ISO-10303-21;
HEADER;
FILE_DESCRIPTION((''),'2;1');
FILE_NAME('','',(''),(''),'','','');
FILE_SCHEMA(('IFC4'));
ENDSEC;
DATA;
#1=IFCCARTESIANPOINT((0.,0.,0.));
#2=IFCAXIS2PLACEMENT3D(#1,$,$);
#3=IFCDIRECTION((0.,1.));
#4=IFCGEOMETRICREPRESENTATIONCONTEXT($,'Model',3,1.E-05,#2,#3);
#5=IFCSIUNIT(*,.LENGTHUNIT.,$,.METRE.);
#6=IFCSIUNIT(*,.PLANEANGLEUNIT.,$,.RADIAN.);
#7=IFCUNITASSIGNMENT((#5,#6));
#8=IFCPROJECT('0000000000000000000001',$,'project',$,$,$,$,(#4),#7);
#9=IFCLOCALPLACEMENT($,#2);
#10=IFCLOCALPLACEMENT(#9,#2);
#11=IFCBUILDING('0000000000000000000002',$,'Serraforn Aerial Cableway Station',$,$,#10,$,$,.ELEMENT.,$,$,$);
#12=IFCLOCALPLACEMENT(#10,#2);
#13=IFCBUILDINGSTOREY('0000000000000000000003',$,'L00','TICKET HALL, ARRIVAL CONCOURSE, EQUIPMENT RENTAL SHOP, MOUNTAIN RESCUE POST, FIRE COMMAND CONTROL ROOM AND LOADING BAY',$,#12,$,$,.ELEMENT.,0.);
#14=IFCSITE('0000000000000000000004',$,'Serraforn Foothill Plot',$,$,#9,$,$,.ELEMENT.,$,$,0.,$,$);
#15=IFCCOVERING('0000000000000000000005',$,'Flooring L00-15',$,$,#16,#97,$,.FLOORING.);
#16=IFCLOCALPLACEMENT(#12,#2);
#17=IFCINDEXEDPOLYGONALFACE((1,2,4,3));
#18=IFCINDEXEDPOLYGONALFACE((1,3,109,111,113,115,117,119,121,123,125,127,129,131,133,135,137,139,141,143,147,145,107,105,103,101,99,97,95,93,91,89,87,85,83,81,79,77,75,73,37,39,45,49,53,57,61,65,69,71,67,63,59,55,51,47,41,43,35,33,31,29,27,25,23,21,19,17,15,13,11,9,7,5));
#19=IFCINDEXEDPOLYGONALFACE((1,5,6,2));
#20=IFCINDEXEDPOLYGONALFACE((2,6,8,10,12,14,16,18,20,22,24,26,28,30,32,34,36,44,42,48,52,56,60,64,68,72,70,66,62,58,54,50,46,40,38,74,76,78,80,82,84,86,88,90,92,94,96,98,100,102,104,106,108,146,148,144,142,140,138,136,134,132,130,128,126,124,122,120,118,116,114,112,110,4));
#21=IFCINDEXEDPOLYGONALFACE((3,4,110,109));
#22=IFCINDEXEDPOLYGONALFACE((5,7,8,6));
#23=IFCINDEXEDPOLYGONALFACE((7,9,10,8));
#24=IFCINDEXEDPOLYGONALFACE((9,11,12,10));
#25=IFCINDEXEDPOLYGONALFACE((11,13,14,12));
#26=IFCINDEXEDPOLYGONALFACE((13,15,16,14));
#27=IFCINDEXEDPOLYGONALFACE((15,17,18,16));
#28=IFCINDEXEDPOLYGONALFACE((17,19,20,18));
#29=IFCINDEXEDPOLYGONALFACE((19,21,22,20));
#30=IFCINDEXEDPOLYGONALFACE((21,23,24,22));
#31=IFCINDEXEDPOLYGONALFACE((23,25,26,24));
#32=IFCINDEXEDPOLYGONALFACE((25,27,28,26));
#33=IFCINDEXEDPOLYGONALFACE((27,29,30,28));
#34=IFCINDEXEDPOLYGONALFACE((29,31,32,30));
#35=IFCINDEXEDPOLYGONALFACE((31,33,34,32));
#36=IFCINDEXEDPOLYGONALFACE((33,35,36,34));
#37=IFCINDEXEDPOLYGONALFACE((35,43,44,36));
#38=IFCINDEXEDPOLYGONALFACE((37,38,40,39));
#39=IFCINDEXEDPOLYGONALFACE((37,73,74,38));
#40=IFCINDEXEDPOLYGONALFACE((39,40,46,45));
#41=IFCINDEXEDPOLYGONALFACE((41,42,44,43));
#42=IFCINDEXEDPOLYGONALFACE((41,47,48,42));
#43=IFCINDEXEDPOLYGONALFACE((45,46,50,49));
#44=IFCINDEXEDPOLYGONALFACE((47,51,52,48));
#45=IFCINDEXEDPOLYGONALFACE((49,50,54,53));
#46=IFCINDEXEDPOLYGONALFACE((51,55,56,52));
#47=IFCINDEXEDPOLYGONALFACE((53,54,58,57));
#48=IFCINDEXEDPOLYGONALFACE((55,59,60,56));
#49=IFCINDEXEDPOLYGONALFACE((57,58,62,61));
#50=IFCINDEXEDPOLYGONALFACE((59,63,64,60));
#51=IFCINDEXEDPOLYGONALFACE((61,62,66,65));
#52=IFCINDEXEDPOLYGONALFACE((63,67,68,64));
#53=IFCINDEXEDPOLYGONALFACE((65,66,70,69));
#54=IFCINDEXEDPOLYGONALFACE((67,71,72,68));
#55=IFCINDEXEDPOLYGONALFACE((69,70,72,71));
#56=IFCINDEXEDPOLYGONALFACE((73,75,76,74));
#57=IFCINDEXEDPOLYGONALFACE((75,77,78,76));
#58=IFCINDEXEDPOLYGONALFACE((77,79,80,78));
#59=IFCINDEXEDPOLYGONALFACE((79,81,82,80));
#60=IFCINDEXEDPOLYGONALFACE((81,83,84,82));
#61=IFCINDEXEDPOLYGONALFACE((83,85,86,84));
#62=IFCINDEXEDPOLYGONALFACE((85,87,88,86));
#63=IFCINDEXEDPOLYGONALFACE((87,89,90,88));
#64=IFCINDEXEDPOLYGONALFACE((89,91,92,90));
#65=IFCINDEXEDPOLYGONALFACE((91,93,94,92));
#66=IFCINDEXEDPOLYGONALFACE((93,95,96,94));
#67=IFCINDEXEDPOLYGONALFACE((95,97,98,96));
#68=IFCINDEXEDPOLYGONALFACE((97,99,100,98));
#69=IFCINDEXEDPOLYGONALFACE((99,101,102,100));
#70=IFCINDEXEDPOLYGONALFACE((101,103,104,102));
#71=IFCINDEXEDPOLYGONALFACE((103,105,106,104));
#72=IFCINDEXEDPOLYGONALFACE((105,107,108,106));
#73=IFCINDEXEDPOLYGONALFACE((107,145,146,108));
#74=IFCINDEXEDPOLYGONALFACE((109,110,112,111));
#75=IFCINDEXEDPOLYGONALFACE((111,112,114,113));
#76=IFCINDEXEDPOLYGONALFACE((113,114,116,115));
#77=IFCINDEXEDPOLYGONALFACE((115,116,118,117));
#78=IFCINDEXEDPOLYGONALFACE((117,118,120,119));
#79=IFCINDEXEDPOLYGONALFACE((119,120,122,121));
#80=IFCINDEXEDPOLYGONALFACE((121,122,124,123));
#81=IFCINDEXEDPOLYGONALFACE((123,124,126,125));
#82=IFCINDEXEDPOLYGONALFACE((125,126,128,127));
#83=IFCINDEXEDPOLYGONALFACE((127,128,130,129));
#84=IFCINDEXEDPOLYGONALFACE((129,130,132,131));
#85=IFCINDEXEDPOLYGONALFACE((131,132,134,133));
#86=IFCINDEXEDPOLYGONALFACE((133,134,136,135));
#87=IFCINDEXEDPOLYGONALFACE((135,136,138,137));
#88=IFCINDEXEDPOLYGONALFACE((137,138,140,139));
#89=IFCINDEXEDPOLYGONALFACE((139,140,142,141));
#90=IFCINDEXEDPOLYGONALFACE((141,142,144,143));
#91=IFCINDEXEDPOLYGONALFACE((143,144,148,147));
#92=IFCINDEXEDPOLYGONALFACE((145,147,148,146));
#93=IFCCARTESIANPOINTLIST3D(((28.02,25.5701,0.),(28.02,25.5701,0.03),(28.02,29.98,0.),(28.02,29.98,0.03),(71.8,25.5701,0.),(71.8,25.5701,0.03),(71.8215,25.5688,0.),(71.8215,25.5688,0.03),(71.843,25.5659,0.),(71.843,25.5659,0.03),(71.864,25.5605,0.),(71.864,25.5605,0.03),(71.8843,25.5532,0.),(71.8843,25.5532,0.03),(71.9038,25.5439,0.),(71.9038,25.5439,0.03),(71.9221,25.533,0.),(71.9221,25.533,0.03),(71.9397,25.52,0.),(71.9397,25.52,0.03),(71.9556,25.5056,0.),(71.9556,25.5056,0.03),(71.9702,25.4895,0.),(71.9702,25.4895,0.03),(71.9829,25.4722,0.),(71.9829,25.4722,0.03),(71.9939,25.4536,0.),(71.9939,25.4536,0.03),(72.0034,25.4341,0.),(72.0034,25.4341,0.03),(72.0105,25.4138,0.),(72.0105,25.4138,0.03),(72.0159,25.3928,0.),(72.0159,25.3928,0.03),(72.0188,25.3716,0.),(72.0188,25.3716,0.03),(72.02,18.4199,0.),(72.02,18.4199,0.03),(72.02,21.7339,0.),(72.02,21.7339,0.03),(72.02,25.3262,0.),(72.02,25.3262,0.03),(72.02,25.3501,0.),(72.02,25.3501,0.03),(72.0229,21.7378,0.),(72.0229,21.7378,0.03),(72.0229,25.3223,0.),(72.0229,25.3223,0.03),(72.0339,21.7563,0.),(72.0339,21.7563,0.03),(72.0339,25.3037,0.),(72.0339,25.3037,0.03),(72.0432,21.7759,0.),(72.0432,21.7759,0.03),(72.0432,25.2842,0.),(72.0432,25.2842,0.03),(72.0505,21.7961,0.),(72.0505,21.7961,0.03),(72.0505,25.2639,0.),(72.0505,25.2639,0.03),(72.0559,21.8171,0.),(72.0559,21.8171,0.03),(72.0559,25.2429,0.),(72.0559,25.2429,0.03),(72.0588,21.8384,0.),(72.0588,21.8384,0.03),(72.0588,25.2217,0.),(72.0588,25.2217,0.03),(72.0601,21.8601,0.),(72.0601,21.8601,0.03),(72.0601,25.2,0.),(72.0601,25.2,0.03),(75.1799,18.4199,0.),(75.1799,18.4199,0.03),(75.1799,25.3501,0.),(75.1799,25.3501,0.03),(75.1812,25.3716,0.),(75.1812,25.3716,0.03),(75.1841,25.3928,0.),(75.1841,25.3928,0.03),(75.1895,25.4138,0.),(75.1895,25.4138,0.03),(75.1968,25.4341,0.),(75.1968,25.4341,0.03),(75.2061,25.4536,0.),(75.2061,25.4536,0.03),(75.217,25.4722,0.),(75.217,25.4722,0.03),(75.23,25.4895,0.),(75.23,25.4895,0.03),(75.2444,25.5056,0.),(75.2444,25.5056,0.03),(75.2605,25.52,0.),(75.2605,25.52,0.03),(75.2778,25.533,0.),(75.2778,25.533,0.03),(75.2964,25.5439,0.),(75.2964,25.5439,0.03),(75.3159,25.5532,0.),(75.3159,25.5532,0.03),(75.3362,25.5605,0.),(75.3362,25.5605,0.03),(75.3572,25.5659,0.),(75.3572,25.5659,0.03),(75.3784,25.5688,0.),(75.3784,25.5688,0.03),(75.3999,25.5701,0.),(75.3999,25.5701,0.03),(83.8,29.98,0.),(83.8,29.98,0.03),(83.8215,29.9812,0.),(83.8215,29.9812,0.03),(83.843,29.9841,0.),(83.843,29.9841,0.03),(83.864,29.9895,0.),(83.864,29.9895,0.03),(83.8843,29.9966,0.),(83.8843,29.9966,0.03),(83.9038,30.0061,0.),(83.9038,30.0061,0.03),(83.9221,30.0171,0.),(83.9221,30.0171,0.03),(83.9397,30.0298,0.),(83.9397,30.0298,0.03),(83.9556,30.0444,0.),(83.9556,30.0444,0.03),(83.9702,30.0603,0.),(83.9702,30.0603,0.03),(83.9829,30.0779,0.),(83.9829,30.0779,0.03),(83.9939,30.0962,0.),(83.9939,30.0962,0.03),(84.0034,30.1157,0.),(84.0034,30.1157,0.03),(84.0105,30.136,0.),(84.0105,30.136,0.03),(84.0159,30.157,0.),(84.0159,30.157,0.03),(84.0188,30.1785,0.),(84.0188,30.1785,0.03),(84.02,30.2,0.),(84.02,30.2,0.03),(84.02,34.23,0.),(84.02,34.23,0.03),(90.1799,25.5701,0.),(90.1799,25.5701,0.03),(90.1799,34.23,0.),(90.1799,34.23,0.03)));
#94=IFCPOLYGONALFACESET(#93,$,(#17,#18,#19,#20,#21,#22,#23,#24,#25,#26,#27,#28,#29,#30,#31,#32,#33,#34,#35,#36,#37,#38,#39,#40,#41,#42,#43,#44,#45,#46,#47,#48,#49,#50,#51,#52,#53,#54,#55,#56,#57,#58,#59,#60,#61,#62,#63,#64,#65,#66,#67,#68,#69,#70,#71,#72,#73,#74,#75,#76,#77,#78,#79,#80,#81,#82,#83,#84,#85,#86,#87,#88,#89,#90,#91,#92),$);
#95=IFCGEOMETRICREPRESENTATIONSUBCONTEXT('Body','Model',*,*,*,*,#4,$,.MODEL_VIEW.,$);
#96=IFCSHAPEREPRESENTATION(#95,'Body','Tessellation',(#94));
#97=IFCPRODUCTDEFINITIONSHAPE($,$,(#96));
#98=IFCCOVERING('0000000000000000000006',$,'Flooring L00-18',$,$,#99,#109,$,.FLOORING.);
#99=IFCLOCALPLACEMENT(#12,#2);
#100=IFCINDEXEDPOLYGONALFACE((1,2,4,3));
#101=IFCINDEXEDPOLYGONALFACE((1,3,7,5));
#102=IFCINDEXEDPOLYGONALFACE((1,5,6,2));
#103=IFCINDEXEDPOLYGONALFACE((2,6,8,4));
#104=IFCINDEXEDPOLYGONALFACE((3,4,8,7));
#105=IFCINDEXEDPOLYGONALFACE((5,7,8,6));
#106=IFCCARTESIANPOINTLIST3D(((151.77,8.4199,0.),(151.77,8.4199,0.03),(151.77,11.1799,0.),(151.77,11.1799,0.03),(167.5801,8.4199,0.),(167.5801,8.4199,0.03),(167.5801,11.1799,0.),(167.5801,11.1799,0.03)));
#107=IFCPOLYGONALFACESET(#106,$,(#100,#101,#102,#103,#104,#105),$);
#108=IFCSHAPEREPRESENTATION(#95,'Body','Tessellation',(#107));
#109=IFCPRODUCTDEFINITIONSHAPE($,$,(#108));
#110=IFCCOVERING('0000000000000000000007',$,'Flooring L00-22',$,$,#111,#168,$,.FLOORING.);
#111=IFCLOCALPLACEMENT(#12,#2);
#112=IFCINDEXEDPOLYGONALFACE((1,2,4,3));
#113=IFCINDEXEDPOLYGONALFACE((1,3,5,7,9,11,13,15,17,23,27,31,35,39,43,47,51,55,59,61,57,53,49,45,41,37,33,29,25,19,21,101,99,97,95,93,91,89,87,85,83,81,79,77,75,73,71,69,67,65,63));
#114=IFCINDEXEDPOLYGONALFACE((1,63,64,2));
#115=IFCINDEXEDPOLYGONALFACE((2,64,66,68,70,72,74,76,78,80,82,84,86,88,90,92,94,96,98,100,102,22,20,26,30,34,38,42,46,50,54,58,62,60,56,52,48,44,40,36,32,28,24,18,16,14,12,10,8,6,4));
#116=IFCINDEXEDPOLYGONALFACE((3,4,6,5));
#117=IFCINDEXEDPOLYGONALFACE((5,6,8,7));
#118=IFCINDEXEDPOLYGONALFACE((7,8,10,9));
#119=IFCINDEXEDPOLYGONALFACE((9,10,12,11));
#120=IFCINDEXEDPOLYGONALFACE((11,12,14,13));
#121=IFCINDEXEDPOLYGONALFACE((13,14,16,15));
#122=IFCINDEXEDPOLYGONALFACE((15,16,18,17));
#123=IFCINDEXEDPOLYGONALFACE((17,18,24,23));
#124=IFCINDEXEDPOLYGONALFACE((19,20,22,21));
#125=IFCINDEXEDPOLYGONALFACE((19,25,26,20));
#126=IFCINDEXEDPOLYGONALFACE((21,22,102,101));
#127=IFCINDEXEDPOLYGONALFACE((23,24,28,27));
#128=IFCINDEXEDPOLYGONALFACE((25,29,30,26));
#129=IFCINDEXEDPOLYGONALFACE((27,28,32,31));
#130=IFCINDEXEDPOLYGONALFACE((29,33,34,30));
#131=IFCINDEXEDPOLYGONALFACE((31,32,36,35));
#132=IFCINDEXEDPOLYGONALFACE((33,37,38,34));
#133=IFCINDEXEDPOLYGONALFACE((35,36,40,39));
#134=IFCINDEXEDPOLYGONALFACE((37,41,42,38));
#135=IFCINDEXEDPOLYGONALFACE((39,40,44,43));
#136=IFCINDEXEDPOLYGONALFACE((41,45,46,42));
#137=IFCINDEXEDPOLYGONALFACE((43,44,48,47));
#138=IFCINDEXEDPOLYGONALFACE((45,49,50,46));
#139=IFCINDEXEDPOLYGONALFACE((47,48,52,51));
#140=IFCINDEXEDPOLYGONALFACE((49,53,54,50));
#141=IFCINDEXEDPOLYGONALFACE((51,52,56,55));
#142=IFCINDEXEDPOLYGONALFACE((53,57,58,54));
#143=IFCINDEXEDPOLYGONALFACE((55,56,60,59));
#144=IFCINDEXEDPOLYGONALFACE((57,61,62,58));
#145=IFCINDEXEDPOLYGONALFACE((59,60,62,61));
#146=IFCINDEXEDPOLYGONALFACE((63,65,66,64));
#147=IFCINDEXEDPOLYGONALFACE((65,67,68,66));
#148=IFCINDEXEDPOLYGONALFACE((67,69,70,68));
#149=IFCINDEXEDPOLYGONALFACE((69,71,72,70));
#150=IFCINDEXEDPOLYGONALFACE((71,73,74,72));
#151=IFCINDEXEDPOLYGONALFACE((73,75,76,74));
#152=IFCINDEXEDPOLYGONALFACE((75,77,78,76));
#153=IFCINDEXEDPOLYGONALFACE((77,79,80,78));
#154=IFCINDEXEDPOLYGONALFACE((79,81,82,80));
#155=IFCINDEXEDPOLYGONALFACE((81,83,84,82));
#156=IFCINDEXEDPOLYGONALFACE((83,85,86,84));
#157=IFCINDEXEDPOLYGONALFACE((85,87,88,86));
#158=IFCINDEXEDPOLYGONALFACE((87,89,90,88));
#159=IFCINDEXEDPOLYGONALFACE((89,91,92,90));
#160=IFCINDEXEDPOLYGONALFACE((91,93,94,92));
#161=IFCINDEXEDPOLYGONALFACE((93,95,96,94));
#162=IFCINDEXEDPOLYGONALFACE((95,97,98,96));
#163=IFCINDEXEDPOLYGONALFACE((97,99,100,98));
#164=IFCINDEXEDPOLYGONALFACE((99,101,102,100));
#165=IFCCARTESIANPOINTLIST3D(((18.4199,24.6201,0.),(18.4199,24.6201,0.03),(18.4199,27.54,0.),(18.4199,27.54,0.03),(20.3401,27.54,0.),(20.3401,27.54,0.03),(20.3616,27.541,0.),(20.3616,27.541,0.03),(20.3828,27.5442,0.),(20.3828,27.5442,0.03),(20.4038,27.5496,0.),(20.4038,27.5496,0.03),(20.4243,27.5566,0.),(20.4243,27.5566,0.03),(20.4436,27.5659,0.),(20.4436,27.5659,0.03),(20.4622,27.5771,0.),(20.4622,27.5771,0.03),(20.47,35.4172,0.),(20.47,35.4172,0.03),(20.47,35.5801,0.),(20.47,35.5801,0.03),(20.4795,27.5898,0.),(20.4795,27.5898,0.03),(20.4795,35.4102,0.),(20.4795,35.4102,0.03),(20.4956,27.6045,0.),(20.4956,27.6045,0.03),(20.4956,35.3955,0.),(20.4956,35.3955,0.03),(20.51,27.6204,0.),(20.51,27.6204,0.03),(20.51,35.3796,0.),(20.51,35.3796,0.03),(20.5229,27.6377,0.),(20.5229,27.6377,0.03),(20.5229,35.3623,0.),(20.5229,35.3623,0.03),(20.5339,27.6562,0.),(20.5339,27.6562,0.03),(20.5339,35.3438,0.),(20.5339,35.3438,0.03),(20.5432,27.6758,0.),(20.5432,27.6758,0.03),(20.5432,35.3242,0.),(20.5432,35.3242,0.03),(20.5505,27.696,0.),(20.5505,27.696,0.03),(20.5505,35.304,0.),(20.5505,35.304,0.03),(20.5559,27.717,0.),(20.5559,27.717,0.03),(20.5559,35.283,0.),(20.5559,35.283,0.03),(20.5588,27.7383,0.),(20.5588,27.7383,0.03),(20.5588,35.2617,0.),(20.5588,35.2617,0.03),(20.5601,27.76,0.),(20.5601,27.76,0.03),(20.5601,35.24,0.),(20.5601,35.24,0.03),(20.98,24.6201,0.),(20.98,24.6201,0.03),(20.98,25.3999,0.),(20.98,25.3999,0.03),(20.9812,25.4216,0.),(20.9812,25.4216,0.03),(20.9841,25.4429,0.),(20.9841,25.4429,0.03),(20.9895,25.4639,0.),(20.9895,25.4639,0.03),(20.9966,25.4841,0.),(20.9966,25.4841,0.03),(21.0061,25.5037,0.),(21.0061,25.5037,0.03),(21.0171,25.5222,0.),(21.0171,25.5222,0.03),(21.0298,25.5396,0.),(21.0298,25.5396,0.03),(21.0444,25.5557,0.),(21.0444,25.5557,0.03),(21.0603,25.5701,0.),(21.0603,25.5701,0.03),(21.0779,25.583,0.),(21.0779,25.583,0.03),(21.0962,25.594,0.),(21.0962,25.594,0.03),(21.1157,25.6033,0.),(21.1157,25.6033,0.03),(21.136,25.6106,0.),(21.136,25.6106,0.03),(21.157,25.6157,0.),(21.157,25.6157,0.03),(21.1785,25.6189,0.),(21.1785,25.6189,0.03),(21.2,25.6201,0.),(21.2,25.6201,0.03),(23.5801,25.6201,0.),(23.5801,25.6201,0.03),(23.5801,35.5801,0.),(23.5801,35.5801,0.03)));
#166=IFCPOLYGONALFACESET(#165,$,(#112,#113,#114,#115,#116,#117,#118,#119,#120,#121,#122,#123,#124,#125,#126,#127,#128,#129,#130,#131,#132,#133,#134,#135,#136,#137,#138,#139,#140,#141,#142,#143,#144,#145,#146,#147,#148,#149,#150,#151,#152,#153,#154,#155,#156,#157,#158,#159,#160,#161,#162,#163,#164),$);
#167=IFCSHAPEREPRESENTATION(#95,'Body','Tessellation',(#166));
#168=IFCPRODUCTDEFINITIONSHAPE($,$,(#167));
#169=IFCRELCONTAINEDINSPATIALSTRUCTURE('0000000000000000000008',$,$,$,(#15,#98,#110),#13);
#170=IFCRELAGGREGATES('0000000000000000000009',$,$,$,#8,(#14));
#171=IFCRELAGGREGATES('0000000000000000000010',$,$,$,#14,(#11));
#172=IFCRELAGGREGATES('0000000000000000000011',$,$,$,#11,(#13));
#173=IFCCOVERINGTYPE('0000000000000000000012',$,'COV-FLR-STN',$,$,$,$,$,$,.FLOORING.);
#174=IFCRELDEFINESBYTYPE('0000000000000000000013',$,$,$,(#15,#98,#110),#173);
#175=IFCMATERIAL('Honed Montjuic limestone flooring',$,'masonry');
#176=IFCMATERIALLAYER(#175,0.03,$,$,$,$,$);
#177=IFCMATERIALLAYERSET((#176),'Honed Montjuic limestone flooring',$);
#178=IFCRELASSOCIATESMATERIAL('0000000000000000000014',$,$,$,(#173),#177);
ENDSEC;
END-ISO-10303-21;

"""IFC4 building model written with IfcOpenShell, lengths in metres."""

from ifc_helpers import new_model, si_unit, direction, origin, place, context, subcontext, project, spatial, polyline, outline, extrude, material, layer, layer_set, type_object, element, save


model = new_model("IFC4")

# Units and contexts
model_context = context("Model", 3, precision=1e-05, world=origin(), true_north=direction((0.0, 1.0)))
body_context = subcontext(model_context, "Body", "Model", "MODEL_VIEW")
ifc_project = project(units=[si_unit("LENGTHUNIT", "METRE"), si_unit("PLANEANGLEUNIT", "RADIAN")], contexts=[model_context])

# Site, building, storey
site_placement = place(None, origin())
site = spatial("IfcSite", under=ifc_project, at=site_placement, Name="Serraforn Foothill Plot", CompositionType="ELEMENT", RefElevation=0.0)
building_placement = place(site_placement, origin())
building = spatial("IfcBuilding", under=site, at=building_placement, Name="Serraforn Aerial Cableway Station", CompositionType="ELEMENT")
storey_placement = place(building_placement, origin())
storey = spatial("IfcBuildingStorey", under=building, at=storey_placement, Name="L00", Description="TICKET HALL, ARRIVAL CONCOURSE, EQUIPMENT RENTAL SHOP, MOUNTAIN RESCUE POST, FIRE COMMAND CONTROL ROOM AND LOADING BAY", CompositionType="ELEMENT", Elevation=0.0)

# Coverings
ifc_material_1 = material(Name="Honed Montjuic limestone flooring", Category="masonry")
ifc_layer_1 = layer(ifc_material_1, 0.03)
ifc_layer_set_1 = layer_set([ifc_layer_1], Name="Honed Montjuic limestone flooring")
covering_type_1 = type_object("IfcCoveringType", Name="COV-FLR-STN", PredefinedType="FLOORING", material=ifc_layer_set_1)
covering_1_placement = place(storey_placement, origin())
element("IfcCovering", 1, at=covering_1_placement, inside=storey, type_object=covering_type_1, Name="Flooring L00-15", PredefinedType="FLOORING", context=body_context, shape_type="SweptSolid", body=[
    extrude(outline(polyline([(72.02, 18.4199), (72.02, 21.7339), (72.0229, 21.7378), (72.0339, 21.7563), (72.0432, 21.7759), (72.0505, 21.7961), (72.0559, 21.8171), (72.0588, 21.8384), (72.0601, 21.8601), (72.0601, 25.2), (72.0588, 25.2217), (72.0559, 25.2429), (72.0505, 25.2639), (72.0432, 25.2842), (72.0339, 25.3037), (72.0229, 25.3223), (72.02, 25.3262), (72.02, 25.3501), (72.0188, 25.3716), (72.0159, 25.3928), (72.0105, 25.4138), (72.0034, 25.4341), (71.9939, 25.4536), (71.9829, 25.4722), (71.9702, 25.4895), (71.9556, 25.5056), (71.9397, 25.52), (71.9221, 25.533), (71.9038, 25.5439), (71.8843, 25.5532), (71.864, 25.5605), (71.843, 25.5659), (71.8215, 25.5688), (71.8, 25.5701), (28.02, 25.5701), (28.02, 29.98), (83.8, 29.98), (83.8215, 29.9812), (83.843, 29.9841), (83.864, 29.9895), (83.8843, 29.9966), (83.9038, 30.0061), (83.9221, 30.0171), (83.9397, 30.0298), (83.9556, 30.0444), (83.9702, 30.0603), (83.9829, 30.0779), (83.9939, 30.0962), (84.0034, 30.1157), (84.0105, 30.136), (84.0159, 30.157), (84.0188, 30.1785), (84.02, 30.2), (84.02, 34.23), (90.1799, 34.23), (90.1799, 25.5701), (75.3999, 25.5701), (75.3784, 25.5688), (75.3572, 25.5659), (75.3362, 25.5605), (75.3159, 25.5532), (75.2964, 25.5439), (75.2778, 25.533), (75.2605, 25.52), (75.2444, 25.5056), (75.23, 25.4895), (75.217, 25.4722), (75.2061, 25.4536), (75.1968, 25.4341), (75.1895, 25.4138), (75.1841, 25.3928), (75.1812, 25.3716), (75.1799, 25.3501), (75.1799, 18.4199), (72.02, 18.4199)])), origin(), (0.0, 0.0, 1.0), 0.03),
])
covering_2_placement = place(storey_placement, origin())
element("IfcCovering", 2, at=covering_2_placement, inside=storey, type_object=covering_type_1, Name="Flooring L00-18", PredefinedType="FLOORING", context=body_context, shape_type="SweptSolid", body=[
    extrude(outline(polyline([(151.77, 8.4199), (151.77, 11.1799), (167.5801, 11.1799), (167.5801, 8.4199), (151.77, 8.4199)])), origin(), (0.0, 0.0, 1.0), 0.03),
])
covering_3_placement = place(storey_placement, origin())
element("IfcCovering", 3, at=covering_3_placement, inside=storey, type_object=covering_type_1, Name="Flooring L00-22", PredefinedType="FLOORING", context=body_context, shape_type="SweptSolid", body=[
    extrude(outline(polyline([(18.4199, 24.6201), (18.4199, 27.54), (20.3401, 27.54), (20.3616, 27.541), (20.3828, 27.5442), (20.4038, 27.5496), (20.4243, 27.5566), (20.4436, 27.5659), (20.4622, 27.5771), (20.4795, 27.5898), (20.4956, 27.6045), (20.51, 27.6204), (20.5229, 27.6377), (20.5339, 27.6562), (20.5432, 27.6758), (20.5505, 27.696), (20.5559, 27.717), (20.5588, 27.7383), (20.5601, 27.76), (20.5601, 35.24), (20.5588, 35.2617), (20.5559, 35.283), (20.5505, 35.304), (20.5432, 35.3242), (20.5339, 35.3438), (20.5229, 35.3623), (20.51, 35.3796), (20.4956, 35.3955), (20.4795, 35.4102), (20.47, 35.4172), (20.47, 35.5801), (23.5801, 35.5801), (23.5801, 25.6201), (21.2, 25.6201), (21.1785, 25.6189), (21.157, 25.6157), (21.136, 25.6106), (21.1157, 25.6033), (21.0962, 25.594), (21.0779, 25.583), (21.0603, 25.5701), (21.0444, 25.5557), (21.0298, 25.5396), (21.0171, 25.5222), (21.0061, 25.5037), (20.9966, 25.4841), (20.9895, 25.4639), (20.9841, 25.4429), (20.9812, 25.4216), (20.98, 25.3999), (20.98, 24.6201), (18.4199, 24.6201)])), origin(), (0.0, 0.0, 1.0), 0.03),
])

save(model, "model.ifc")
